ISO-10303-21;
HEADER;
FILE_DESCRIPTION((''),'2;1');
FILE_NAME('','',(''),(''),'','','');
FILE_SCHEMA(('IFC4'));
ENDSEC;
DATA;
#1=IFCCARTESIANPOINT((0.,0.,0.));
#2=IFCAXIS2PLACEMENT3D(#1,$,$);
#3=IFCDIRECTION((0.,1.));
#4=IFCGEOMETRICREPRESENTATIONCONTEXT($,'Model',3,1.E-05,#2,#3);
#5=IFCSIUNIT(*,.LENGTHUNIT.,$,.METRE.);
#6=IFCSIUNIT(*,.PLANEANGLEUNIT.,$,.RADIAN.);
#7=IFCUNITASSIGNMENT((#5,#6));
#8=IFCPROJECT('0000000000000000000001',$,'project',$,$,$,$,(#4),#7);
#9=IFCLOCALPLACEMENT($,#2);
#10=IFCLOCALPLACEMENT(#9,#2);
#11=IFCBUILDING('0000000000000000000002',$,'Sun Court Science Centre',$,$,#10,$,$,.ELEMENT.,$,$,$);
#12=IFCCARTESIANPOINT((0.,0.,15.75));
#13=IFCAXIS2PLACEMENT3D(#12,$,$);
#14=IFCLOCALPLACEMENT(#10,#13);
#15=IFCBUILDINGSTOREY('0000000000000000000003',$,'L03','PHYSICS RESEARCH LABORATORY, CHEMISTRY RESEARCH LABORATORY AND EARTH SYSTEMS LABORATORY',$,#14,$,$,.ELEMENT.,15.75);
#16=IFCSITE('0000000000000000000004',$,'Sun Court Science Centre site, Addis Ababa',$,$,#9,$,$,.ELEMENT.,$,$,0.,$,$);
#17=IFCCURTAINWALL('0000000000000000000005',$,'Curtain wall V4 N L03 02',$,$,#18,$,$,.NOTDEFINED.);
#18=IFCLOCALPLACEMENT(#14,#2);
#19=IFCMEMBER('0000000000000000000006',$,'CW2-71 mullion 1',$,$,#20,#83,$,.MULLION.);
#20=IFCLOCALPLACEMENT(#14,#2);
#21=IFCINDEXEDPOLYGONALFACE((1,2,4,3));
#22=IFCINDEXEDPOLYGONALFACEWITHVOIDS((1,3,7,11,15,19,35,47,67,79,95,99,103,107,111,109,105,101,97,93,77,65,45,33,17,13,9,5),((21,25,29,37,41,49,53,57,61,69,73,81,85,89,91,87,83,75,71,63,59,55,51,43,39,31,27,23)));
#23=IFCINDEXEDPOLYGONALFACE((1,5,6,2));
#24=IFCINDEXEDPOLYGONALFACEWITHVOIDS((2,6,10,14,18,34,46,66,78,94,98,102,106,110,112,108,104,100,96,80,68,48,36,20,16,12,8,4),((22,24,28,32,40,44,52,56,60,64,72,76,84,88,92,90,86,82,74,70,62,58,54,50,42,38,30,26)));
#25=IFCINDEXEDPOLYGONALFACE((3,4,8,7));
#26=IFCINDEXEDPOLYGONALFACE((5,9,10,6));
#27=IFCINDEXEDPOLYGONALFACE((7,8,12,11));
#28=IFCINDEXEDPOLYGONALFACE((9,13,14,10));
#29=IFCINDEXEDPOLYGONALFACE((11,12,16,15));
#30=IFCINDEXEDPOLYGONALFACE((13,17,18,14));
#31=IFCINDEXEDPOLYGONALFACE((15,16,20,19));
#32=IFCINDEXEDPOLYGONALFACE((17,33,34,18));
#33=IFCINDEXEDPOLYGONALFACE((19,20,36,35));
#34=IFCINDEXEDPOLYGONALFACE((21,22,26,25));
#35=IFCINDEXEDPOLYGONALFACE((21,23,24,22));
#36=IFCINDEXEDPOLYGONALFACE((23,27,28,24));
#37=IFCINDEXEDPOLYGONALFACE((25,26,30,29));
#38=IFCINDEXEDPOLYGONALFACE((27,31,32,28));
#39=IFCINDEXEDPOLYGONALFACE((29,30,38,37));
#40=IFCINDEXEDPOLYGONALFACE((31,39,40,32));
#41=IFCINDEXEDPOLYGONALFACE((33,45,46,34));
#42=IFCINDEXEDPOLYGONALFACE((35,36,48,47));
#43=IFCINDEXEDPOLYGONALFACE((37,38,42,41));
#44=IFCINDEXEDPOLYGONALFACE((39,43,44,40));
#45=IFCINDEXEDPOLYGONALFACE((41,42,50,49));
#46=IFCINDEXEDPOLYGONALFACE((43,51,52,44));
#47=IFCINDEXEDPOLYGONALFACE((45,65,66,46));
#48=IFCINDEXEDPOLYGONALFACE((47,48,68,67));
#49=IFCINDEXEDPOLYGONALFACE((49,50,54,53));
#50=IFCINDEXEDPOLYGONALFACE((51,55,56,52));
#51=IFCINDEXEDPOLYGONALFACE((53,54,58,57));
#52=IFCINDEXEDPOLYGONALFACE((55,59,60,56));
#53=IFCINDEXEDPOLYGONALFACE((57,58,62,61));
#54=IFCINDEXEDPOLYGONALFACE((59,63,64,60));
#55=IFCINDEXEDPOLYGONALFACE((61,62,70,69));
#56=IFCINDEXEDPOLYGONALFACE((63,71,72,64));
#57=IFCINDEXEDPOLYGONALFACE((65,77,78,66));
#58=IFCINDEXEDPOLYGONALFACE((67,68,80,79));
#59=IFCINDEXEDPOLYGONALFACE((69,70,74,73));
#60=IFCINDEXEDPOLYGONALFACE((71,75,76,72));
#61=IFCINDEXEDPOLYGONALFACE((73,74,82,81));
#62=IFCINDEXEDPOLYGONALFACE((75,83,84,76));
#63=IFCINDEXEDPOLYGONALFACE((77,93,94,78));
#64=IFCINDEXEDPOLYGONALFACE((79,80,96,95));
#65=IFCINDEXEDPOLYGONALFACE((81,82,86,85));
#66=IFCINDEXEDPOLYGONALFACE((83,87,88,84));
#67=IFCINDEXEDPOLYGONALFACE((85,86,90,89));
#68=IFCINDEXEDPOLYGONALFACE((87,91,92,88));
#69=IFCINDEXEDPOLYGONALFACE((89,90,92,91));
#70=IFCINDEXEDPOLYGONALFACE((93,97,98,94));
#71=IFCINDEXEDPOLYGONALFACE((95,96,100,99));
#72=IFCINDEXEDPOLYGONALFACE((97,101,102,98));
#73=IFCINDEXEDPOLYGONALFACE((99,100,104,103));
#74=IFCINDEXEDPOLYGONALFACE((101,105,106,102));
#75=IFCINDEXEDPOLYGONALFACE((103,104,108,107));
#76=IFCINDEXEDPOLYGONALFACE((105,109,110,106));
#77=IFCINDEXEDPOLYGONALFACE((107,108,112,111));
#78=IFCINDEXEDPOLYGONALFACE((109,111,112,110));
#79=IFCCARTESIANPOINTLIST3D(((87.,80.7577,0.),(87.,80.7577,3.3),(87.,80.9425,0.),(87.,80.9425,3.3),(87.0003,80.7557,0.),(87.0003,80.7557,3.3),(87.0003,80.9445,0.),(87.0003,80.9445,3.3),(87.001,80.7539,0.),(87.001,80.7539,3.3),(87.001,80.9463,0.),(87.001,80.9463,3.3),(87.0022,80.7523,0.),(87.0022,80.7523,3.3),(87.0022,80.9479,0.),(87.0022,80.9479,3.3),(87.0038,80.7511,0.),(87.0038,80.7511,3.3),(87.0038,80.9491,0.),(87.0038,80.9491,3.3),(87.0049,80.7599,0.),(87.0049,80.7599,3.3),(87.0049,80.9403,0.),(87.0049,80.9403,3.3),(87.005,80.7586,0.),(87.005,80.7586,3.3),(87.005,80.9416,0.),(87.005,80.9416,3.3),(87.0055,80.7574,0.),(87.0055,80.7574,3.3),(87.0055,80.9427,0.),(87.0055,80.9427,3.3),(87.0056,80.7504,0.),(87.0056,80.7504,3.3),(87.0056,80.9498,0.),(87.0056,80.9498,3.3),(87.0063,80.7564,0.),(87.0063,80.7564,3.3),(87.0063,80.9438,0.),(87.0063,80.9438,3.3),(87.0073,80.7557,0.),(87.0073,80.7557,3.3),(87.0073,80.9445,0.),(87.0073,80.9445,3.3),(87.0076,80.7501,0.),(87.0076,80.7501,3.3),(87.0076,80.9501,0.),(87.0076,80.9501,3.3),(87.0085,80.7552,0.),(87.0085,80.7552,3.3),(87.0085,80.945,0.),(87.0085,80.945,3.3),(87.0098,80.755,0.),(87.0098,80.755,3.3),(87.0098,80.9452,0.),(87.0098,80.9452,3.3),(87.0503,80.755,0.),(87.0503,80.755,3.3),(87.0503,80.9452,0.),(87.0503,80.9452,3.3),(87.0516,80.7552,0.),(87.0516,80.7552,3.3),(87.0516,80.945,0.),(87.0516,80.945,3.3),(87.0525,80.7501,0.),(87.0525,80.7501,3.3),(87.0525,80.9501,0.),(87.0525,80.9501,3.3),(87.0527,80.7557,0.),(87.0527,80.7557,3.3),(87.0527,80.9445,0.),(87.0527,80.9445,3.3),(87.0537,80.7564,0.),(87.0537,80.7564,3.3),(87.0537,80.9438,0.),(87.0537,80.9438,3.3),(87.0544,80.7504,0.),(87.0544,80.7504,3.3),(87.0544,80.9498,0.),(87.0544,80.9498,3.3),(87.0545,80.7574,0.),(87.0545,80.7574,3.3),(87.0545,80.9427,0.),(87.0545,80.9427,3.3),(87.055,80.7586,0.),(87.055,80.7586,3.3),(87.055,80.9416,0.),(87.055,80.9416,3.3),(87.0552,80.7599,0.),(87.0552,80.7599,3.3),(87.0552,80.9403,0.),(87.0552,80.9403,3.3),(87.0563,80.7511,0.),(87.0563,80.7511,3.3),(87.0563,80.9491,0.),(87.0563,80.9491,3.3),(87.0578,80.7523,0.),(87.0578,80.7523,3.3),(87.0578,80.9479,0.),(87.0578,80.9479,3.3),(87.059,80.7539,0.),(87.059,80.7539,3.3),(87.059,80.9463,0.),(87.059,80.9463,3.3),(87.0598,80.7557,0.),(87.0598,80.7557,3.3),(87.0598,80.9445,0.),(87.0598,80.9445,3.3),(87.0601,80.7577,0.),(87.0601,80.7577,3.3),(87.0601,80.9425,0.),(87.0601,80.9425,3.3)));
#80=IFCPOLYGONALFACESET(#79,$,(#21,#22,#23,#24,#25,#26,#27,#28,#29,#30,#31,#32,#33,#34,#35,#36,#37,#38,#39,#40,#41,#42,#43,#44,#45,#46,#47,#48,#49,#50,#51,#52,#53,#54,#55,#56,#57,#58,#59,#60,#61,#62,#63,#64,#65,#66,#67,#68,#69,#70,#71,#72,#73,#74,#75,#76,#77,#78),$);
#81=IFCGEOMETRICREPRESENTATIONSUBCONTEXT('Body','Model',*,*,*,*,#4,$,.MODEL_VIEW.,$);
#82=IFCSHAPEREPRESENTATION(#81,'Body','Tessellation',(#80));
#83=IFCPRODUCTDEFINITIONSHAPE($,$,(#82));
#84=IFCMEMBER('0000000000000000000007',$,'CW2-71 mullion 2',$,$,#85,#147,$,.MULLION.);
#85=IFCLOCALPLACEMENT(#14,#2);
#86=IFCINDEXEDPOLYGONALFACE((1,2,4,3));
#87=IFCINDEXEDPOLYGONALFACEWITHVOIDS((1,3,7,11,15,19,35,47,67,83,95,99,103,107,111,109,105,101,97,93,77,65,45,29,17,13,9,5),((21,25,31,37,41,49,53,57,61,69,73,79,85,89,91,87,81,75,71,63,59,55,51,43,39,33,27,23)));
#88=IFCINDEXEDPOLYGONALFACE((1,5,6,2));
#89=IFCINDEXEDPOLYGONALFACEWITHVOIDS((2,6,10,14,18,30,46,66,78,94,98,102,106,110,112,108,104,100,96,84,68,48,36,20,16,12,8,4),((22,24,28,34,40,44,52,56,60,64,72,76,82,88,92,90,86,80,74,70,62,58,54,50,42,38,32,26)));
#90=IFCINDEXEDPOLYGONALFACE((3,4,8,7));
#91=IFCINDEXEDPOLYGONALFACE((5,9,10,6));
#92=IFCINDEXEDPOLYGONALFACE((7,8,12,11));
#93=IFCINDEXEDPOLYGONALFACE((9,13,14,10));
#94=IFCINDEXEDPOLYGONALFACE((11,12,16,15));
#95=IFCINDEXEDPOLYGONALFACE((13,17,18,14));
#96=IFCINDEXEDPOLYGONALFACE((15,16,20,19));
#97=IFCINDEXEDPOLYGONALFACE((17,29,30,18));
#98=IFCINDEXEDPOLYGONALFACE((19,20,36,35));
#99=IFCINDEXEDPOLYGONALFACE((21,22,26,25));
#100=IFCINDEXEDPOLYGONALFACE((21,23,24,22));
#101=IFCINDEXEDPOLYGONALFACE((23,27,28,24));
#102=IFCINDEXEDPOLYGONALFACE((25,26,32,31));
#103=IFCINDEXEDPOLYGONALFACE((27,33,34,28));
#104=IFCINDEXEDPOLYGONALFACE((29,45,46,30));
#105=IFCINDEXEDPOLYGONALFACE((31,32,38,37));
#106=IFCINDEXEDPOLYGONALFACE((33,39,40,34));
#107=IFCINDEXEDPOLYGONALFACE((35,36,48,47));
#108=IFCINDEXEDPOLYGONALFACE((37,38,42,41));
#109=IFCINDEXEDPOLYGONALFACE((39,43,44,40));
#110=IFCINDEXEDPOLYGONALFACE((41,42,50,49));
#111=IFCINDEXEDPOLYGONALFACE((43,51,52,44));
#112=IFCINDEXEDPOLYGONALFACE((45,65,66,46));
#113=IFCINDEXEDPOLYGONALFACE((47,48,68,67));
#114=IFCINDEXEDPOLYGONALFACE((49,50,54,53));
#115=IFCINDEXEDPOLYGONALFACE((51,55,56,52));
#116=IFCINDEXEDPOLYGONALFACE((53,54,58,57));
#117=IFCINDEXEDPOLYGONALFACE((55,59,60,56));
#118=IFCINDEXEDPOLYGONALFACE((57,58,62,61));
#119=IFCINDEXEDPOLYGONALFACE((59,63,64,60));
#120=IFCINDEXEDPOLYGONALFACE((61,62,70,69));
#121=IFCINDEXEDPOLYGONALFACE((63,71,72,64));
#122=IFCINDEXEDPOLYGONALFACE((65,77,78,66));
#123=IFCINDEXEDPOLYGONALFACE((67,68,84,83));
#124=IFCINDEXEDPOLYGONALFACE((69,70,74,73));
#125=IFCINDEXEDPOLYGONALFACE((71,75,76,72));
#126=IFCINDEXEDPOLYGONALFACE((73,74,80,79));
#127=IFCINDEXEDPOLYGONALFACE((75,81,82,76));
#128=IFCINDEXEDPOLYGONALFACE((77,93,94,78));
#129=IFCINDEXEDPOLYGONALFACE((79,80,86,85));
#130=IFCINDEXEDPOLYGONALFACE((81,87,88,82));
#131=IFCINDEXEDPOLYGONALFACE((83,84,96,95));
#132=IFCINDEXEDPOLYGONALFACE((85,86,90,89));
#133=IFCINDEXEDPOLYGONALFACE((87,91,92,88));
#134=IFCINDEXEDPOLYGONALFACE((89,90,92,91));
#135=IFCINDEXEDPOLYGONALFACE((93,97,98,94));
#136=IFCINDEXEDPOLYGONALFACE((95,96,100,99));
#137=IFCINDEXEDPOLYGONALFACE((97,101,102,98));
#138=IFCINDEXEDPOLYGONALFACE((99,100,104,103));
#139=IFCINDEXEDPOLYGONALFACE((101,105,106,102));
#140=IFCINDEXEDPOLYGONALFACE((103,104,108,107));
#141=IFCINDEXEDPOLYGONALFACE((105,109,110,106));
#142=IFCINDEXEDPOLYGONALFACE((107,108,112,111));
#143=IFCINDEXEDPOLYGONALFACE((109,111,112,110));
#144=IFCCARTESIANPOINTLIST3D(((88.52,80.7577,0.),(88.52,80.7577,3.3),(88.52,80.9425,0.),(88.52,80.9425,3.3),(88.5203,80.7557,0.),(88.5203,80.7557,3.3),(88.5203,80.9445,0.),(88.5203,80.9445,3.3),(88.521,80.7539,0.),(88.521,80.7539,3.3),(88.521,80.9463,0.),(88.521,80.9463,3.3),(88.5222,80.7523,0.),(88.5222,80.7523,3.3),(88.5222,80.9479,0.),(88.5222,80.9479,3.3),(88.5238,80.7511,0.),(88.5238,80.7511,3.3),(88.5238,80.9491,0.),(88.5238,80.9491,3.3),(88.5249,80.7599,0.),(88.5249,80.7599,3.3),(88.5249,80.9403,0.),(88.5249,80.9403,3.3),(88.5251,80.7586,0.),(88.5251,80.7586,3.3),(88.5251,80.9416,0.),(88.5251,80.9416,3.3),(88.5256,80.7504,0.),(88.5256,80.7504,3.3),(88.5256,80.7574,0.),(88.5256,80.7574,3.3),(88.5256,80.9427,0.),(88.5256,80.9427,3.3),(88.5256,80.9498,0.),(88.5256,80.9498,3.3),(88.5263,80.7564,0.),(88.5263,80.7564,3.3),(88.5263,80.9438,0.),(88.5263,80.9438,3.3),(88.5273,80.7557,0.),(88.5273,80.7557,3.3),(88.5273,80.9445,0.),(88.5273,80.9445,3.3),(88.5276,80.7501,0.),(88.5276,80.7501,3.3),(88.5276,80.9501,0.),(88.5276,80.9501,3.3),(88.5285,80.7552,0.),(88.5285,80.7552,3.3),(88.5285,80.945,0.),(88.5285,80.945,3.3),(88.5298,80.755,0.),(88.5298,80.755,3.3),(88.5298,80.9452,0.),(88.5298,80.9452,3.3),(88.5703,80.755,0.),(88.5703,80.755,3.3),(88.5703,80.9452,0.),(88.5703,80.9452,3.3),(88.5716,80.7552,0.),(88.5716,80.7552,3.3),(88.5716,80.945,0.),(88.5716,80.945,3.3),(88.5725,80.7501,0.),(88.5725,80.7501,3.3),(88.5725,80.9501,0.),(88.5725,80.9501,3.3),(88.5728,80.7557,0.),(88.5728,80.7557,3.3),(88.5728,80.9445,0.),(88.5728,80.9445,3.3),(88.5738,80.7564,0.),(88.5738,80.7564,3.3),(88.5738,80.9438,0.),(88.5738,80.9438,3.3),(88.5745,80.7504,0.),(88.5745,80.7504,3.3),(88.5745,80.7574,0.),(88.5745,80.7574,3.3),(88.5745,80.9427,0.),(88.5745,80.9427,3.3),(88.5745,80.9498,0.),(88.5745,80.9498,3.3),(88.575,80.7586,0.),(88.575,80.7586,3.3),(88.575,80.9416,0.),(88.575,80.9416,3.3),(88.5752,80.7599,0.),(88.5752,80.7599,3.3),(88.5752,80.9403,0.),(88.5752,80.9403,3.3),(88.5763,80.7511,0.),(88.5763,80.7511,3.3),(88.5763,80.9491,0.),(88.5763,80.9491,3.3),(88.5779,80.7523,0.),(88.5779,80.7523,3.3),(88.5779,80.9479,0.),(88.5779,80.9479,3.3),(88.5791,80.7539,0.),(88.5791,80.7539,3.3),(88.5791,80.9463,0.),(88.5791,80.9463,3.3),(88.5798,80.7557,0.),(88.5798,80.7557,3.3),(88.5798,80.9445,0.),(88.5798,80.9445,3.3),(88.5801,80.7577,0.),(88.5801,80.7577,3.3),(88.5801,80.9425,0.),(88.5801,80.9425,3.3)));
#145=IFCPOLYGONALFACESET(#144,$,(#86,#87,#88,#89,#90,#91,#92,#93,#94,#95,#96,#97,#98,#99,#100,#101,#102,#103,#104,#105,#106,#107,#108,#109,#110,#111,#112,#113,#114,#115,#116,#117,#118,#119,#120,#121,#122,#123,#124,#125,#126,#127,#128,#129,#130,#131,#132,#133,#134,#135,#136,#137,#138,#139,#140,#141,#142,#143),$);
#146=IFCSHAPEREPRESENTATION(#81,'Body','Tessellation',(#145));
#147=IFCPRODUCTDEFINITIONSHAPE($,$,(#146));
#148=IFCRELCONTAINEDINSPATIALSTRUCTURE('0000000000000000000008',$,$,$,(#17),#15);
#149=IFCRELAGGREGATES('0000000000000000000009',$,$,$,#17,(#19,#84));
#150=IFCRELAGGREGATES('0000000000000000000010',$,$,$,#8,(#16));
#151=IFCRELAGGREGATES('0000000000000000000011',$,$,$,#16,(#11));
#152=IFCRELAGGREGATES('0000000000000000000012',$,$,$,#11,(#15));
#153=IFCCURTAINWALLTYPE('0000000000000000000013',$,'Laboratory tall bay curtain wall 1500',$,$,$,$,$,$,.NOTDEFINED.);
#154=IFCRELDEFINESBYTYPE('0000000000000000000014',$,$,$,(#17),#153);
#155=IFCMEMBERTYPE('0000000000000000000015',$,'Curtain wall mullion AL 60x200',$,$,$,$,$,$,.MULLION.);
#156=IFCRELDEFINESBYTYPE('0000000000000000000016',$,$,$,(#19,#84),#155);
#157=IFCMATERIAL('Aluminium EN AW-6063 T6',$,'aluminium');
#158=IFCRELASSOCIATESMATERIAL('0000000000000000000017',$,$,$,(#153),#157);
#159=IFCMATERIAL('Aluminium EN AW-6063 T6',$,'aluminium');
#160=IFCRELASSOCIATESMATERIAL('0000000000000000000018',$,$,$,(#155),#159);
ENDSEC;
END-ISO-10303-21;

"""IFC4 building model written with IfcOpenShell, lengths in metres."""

from ifc_helpers import new_model, si_unit, direction, frame, origin, origin_2d, place, context, subcontext, project, spatial, hollow_rectangle, extrude, material, material_profile, profile_set, type_object, element, aggregate, save


model = new_model("IFC4")

# Units and contexts
model_context = context("Model", 3, precision=1e-05, world=origin(), true_north=direction((0.0, 1.0)))
body_context = subcontext(model_context, "Body", "Model", "MODEL_VIEW")
ifc_project = project(units=[si_unit("LENGTHUNIT", "METRE"), si_unit("PLANEANGLEUNIT", "RADIAN")], contexts=[model_context])

# Site, building, storey
site_placement = place(None, origin())
site = spatial("IfcSite", under=ifc_project, at=site_placement, Name="Sun Court Science Centre site, Addis Ababa", CompositionType="ELEMENT", RefElevation=0.0)
building_placement = place(site_placement, origin())
building = spatial("IfcBuilding", under=site, at=building_placement, Name="Sun Court Science Centre", CompositionType="ELEMENT")
storey_placement = place(building_placement, frame((0.0, 0.0, 15.75)))
storey = spatial("IfcBuildingStorey", under=building, at=storey_placement, Name="L03", Description="PHYSICS RESEARCH LABORATORY, CHEMISTRY RESEARCH LABORATORY AND EARTH SYSTEMS LABORATORY", CompositionType="ELEMENT", Elevation=15.75)

# Curtain wall, members
ifc_material_1 = material(Name="Aluminium EN AW-6063 T6", Category="aluminium")
curtain_wall_type = type_object("IfcCurtainWallType", Name="Laboratory tall bay curtain wall 1500", PredefinedType="NOTDEFINED", material=ifc_material_1)
ifc_material_2 = material(Name="Aluminium EN AW-6063 T6", Category="aluminium")
ifc_material_profile_1 = material_profile(ifc_material_2, hollow_rectangle(XDim=0.0601, YDim=0.2, WallThickness=0.0049, InnerFilletRadius=0.0049, OuterFilletRadius=0.0076, at=origin_2d()), Name="AL 60x200x5")
ifc_profile_set_1 = profile_set([ifc_material_profile_1], Name="Aluminium EN AW-6063 T6")
member_type_1 = type_object("IfcMemberType", Name="Curtain wall mullion AL 60x200", PredefinedType="MULLION", material=ifc_profile_set_1)
curtain_wall_1_placement = place(storey_placement, origin())
curtain_wall_1 = element("IfcCurtainWall", 1, at=curtain_wall_1_placement, inside=storey, type_object=curtain_wall_type, Name="Curtain wall V4 N L03 02", PredefinedType="NOTDEFINED")
member_1_placement = place(storey_placement, frame((87.03, 80.8501, 0.0), z_axis=(0.0, 0.0, 1.0), x_axis=(1.0, 0.0, 0.0)))
member_1 = element("IfcMember", 2, at=member_1_placement, type_object=member_type_1, Name="CW2-71 mullion 1", PredefinedType="MULLION", context=body_context, shape_type="SweptSolid", body=[
    extrude(hollow_rectangle(XDim=0.0601, YDim=0.2, WallThickness=0.0049, InnerFilletRadius=0.0049, OuterFilletRadius=0.0076, at=origin_2d()), origin(), (0.0, 0.0, 1.0), 3.3),
])
member_2_placement = place(storey_placement, frame((88.55, 80.8501, 0.0), z_axis=(0.0, 0.0, 1.0), x_axis=(1.0, 0.0, 0.0)))
member_2 = element("IfcMember", 3, at=member_2_placement, type_object=member_type_1, Name="CW2-71 mullion 2", PredefinedType="MULLION", context=body_context, shape_type="SweptSolid", body=[
    extrude(hollow_rectangle(XDim=0.0601, YDim=0.2, WallThickness=0.0049, InnerFilletRadius=0.0049, OuterFilletRadius=0.0076, at=origin_2d()), origin(), (0.0, 0.0, 1.0), 3.3),
])

aggregate(curtain_wall_1, [member_1, member_2])

save(model, "model.ifc")
